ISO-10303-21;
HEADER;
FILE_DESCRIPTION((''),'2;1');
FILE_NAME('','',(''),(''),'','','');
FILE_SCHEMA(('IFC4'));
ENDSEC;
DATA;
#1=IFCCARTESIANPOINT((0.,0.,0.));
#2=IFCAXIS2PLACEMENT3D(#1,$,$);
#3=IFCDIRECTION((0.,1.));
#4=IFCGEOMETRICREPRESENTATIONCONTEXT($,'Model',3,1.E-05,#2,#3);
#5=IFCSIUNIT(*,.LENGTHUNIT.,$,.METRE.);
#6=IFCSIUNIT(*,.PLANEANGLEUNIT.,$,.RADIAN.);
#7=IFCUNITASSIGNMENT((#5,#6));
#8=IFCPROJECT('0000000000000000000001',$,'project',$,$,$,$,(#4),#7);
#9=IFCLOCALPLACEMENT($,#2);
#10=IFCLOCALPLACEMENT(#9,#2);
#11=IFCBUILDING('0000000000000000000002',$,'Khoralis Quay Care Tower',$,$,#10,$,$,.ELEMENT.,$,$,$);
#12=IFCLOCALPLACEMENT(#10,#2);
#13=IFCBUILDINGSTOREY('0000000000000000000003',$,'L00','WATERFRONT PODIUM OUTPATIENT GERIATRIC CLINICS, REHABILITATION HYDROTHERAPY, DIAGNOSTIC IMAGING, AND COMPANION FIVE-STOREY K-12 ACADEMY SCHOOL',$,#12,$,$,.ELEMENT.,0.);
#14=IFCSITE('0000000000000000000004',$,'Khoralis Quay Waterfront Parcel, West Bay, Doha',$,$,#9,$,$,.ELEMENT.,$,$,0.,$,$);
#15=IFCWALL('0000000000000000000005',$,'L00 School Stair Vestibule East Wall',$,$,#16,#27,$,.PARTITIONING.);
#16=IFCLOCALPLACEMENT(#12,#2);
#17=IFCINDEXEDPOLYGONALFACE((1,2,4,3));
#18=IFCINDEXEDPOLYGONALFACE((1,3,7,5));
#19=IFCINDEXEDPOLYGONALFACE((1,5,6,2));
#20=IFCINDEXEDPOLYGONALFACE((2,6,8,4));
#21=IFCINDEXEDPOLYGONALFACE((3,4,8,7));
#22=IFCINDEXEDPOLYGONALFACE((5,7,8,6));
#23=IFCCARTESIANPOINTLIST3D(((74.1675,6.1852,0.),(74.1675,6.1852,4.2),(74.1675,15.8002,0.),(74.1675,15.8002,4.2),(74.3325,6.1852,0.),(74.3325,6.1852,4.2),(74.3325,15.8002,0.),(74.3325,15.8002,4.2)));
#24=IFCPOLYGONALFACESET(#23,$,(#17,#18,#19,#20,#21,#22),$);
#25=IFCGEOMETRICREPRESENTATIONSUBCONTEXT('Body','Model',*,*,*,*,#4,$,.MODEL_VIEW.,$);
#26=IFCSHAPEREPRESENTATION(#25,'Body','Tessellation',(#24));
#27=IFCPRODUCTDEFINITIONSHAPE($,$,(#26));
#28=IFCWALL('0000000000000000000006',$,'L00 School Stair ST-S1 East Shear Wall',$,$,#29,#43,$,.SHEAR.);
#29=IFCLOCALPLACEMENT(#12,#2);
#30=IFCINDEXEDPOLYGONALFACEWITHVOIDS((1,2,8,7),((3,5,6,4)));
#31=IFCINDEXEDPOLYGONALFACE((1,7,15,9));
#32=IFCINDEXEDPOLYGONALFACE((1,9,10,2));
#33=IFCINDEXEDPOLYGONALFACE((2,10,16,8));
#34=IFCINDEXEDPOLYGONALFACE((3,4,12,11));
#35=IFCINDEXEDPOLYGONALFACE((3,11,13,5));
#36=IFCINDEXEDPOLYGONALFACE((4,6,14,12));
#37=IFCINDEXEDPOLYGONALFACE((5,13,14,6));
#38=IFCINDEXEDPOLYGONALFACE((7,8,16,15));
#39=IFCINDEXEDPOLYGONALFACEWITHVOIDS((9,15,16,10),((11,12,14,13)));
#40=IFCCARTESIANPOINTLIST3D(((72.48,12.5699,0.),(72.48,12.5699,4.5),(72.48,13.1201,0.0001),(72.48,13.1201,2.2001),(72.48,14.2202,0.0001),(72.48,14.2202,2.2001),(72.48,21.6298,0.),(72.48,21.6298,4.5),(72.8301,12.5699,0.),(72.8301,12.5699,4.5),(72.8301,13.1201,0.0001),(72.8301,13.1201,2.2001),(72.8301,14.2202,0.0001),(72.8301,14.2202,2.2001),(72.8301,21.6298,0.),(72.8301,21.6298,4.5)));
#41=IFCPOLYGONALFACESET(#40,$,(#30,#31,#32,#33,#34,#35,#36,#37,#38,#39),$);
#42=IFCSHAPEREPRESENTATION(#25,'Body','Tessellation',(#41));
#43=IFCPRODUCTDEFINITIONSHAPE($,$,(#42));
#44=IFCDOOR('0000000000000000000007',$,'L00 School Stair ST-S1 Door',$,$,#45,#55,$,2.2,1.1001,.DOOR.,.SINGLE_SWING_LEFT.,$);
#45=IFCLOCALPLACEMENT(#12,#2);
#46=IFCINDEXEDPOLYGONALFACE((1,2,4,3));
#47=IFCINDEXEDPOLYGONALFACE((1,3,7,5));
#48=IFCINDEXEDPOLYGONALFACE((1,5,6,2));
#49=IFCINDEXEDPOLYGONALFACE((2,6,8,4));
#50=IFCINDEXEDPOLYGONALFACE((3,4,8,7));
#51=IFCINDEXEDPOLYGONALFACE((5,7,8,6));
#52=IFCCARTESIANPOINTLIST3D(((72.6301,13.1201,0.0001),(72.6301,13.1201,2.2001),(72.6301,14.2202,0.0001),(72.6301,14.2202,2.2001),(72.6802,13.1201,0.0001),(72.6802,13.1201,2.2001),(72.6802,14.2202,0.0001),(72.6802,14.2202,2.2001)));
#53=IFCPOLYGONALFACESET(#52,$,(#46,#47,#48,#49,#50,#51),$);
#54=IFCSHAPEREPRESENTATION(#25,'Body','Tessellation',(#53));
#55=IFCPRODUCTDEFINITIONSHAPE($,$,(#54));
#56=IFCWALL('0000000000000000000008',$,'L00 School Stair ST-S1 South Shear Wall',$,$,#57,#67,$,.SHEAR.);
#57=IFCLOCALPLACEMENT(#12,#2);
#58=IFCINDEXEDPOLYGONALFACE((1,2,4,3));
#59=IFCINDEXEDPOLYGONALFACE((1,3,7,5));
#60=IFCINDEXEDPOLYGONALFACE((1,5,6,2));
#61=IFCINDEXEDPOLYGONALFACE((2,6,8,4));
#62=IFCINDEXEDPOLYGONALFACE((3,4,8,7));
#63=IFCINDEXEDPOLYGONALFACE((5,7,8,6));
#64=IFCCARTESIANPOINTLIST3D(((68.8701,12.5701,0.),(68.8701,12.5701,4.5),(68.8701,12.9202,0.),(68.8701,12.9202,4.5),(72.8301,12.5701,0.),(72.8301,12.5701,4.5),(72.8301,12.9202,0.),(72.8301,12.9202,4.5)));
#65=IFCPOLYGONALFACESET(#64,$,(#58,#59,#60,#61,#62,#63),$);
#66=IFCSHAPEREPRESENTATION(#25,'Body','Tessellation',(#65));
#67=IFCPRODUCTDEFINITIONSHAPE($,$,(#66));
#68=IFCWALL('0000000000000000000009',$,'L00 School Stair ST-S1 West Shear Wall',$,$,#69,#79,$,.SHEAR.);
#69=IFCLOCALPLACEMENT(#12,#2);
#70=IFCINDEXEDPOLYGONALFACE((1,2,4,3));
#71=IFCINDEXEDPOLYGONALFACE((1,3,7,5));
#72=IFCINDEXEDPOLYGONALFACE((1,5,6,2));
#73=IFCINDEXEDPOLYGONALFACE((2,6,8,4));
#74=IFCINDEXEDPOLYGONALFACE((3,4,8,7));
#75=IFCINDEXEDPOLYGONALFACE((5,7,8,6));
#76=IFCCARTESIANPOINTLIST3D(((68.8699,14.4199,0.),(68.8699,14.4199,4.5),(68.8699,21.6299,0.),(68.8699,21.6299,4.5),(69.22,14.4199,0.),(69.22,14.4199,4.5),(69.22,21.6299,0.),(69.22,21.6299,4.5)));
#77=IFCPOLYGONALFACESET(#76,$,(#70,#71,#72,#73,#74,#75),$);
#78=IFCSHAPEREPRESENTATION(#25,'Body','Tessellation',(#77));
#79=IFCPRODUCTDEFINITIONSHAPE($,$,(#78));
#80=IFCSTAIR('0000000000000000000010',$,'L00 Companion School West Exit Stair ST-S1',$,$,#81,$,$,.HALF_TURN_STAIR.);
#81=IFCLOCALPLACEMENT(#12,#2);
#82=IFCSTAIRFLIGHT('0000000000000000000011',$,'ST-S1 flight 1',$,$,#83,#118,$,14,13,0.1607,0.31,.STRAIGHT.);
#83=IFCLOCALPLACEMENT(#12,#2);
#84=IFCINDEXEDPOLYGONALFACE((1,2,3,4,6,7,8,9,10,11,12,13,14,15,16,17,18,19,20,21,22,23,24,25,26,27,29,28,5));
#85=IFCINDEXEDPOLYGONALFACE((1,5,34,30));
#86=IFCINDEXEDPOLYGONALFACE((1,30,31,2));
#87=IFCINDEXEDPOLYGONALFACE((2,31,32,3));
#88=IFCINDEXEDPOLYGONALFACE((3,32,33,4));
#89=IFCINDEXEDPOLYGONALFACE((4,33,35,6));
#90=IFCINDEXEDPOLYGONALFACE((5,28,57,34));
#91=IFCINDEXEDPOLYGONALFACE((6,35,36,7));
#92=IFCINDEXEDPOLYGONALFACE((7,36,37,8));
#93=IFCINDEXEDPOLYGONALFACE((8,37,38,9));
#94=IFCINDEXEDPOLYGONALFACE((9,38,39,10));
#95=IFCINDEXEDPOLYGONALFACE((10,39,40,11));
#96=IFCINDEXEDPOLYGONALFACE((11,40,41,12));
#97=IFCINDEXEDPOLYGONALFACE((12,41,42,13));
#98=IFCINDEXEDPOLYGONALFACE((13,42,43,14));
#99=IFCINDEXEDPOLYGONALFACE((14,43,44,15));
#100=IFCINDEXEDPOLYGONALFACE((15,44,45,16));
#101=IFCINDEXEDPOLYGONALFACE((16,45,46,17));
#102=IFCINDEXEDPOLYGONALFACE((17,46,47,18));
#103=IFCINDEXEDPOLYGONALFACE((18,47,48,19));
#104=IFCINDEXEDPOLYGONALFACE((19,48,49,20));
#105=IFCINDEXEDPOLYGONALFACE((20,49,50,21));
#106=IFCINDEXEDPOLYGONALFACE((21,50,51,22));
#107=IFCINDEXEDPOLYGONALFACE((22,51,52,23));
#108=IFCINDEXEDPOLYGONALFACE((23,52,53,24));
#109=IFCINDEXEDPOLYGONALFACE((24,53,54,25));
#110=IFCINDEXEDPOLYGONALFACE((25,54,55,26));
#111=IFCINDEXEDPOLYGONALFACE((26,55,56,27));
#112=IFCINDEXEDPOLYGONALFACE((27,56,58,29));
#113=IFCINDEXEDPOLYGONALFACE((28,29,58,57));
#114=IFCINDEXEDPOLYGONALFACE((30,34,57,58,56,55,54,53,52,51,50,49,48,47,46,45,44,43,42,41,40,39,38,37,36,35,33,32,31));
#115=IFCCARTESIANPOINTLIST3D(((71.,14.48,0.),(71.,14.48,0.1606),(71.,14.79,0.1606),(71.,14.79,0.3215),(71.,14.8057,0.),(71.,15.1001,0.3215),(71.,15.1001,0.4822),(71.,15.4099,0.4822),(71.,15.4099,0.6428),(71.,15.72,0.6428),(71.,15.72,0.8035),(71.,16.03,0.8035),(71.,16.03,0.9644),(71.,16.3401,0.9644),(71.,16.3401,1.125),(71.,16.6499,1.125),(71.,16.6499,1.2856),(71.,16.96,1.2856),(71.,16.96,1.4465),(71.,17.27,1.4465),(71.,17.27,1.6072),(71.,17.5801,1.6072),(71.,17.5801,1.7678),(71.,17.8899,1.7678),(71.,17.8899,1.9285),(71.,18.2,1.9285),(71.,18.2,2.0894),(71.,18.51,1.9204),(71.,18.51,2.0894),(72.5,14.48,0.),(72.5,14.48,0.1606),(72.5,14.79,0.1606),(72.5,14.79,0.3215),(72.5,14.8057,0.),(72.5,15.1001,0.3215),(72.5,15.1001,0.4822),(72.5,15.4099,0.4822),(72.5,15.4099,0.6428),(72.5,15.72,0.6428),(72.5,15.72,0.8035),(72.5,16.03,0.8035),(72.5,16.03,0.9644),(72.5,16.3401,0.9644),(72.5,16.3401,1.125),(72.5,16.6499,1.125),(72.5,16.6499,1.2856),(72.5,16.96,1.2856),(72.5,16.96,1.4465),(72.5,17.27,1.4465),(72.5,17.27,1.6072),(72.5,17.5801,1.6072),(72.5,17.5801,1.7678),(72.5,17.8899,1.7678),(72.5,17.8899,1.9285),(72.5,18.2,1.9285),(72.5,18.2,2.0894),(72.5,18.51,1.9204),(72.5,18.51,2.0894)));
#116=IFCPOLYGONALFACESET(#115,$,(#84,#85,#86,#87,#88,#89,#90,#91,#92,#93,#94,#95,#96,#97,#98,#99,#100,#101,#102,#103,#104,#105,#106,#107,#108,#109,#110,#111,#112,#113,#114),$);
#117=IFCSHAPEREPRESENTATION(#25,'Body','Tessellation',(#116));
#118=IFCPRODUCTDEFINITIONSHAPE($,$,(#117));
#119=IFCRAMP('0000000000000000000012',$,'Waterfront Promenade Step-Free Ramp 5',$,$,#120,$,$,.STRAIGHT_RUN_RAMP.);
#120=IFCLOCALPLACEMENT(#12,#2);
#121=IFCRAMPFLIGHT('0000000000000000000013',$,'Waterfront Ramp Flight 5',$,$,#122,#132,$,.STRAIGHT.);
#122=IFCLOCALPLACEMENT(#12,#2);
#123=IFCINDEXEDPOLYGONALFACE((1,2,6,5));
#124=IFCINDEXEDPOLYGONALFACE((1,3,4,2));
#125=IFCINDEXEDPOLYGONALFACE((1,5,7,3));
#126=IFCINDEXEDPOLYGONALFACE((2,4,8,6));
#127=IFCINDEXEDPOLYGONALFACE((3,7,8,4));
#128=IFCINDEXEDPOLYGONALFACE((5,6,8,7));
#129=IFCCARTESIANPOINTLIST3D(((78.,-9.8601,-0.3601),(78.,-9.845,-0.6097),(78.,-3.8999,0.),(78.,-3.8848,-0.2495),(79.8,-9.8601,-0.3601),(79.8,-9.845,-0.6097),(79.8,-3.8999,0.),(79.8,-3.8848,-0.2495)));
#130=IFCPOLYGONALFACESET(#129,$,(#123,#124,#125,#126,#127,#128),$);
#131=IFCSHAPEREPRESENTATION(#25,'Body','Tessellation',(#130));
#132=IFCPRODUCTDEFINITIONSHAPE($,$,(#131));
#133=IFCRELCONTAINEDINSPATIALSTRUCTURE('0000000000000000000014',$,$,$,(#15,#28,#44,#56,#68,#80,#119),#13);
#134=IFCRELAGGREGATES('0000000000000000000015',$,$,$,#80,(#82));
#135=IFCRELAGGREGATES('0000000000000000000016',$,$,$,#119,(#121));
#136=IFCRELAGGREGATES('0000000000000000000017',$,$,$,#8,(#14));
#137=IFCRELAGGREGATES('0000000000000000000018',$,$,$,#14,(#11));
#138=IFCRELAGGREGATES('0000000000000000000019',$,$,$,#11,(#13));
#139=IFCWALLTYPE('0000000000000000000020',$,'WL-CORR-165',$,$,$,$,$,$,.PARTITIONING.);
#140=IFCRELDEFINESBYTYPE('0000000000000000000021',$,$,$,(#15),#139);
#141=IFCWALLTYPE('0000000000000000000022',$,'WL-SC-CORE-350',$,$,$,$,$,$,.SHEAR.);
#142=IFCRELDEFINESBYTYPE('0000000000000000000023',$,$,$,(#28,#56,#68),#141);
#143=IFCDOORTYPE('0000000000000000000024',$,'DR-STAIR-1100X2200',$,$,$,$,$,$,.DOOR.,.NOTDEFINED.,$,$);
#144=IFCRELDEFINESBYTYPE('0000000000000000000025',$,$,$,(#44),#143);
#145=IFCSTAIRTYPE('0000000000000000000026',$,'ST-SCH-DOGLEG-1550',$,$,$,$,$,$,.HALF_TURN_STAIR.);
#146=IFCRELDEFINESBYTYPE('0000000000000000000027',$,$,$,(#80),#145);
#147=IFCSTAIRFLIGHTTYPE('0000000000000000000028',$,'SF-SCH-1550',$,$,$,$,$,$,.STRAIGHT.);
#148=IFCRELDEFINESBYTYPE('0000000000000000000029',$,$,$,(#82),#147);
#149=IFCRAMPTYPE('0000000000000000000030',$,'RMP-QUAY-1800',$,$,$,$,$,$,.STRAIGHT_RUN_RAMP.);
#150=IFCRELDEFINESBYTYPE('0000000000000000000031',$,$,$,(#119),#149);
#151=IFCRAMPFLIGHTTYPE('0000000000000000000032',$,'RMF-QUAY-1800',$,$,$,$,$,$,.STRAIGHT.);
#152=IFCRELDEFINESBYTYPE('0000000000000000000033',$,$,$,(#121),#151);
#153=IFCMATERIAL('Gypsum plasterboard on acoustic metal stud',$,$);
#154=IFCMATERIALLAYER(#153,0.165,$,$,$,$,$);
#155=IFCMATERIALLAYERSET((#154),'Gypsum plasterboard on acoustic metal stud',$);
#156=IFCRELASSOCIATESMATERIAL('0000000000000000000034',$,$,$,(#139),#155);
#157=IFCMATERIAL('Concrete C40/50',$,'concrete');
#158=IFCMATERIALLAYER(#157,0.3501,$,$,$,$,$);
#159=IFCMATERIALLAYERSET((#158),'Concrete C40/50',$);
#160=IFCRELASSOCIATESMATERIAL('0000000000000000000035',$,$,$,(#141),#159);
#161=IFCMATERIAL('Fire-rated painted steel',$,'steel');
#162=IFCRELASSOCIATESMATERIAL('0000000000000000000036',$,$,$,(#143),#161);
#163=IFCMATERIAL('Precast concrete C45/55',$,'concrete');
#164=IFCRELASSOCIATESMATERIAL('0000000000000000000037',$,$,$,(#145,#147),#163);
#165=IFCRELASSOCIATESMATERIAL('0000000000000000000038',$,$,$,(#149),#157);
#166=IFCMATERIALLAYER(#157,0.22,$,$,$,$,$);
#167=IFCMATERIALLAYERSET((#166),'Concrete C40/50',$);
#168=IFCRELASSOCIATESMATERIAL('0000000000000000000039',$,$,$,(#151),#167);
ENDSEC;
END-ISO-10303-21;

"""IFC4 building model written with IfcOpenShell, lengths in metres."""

from ifc_helpers import new_model, si_unit, direction, frame, frame_2d, origin, place, context, subcontext, project, spatial, polyline, rectangle, outline, extrude, source, transform, mapped, material, layer, layer_set, type_object, element, fill, aggregate, save


model = new_model("IFC4")

# Units and contexts
model_context = context("Model", 3, precision=1e-05, world=origin(), true_north=direction((0.0, 1.0)))
body_context = subcontext(model_context, "Body", "Model", "MODEL_VIEW")
ifc_project = project(units=[si_unit("LENGTHUNIT", "METRE"), si_unit("PLANEANGLEUNIT", "RADIAN")], contexts=[model_context])

# Site, building, storey
site_placement = place(None, origin())
site = spatial("IfcSite", under=ifc_project, at=site_placement, Name="Khoralis Quay Waterfront Parcel, West Bay, Doha", CompositionType="ELEMENT", RefElevation=0.0)
building_placement = place(site_placement, origin())
building = spatial("IfcBuilding", under=site, at=building_placement, Name="Khoralis Quay Care Tower", CompositionType="ELEMENT")
storey_placement = place(building_placement, origin())
storey = spatial("IfcBuildingStorey", under=building, at=storey_placement, Name="L00", Description="WATERFRONT PODIUM OUTPATIENT GERIATRIC CLINICS, REHABILITATION HYDROTHERAPY, DIAGNOSTIC IMAGING, AND COMPANION FIVE-STOREY K-12 ACADEMY SCHOOL", CompositionType="ELEMENT", Elevation=0.0)

# Shared definitions
ifc_material_1 = material(Name="Concrete C40/50", Category="concrete")

# Wall
ifc_material_2 = material(Name="Gypsum plasterboard on acoustic metal stud")
ifc_layer_1 = layer(ifc_material_2, 0.165)
ifc_layer_set_1 = layer_set([ifc_layer_1], Name="Gypsum plasterboard on acoustic metal stud")
wall_type_1 = type_object("IfcWallType", Name="WL-CORR-165", PredefinedType="PARTITIONING", material=ifc_layer_set_1)
wall_1_placement = place(storey_placement, frame((74.25, 6.1851, 0.0), z_axis=(0.0, 0.0, 1.0), x_axis=(0.0, 1.0, 0.0)))
element("IfcWall", 1, at=wall_1_placement, inside=storey, type_object=wall_type_1, Name="L00 School Stair Vestibule East Wall", PredefinedType="PARTITIONING", context=body_context, shape_type="SweptSolid", body=[
    extrude(rectangle(XDim=9.615, YDim=0.165, at=frame_2d((4.8076, 0.0))), origin(), (0.0, 0.0, 1.0), 4.2),
])

# Wall, opening, door
ifc_layer_2 = layer(ifc_material_1, 0.3501)
ifc_layer_set_2 = layer_set([ifc_layer_2], Name="Concrete C40/50")
wall_type_2 = type_object("IfcWallType", Name="WL-SC-CORE-350", PredefinedType="SHEAR", material=ifc_layer_set_2)
wall_2_placement = place(storey_placement, frame((72.655, 12.5701, 0.0), z_axis=(0.0, 0.0, 1.0), x_axis=(0.0, 1.0, 0.0)))
wall_2 = element("IfcWall", 2, at=wall_2_placement, inside=storey, type_object=wall_type_2, Name="L00 School Stair ST-S1 East Shear Wall", PredefinedType="SHEAR", context=body_context, shape_type="SweptSolid", body=[
    extrude(rectangle(XDim=9.0598, YDim=0.3501, at=frame_2d((4.5298, 0.0))), origin(), (0.0, 0.0, 1.0), 4.5),
])
opening_placement = place(wall_2_placement, frame((0.55, 0.0, 0.0)))
opening = element("IfcOpeningElement", 3, at=opening_placement, cuts=wall_2, PredefinedType="OPENING", context=body_context, shape_type="SweptSolid", body=[
    extrude(rectangle(XDim=1.1001, YDim=2.2, at=frame_2d((0.55, 1.1001))), frame((0.0, 0.1851, 0.0), z_axis=(0.0, -1.0, 0.0), x_axis=(1.0, 0.0, 0.0)), (0.0, 0.0, 1.0), 0.3701),
])
ifc_material_3 = material(Name="Fire-rated painted steel", Category="steel")
door_type = type_object("IfcDoorType", Name="DR-STAIR-1100X2200", OperationType="NOTDEFINED", PredefinedType="DOOR", material=ifc_material_3)
shared_shape_1 = source(origin(), body_context, "Body", "SweptSolid", [
    extrude(rectangle(XDim=1.1001, YDim=2.2, at=frame_2d((0.55, 1.1001))), frame((0.0, 0.0249, 0.0), z_axis=(0.0, -1.0, 0.0), x_axis=(1.0, 0.0, 0.0)), (0.0, 0.0, 1.0), 0.05),
])
door_placement = place(opening_placement, origin())
door = element("IfcDoor", 4, at=door_placement, inside=storey, type_object=door_type, Name="L00 School Stair ST-S1 Door", OperationType="SINGLE_SWING_LEFT", OverallHeight=2.2, OverallWidth=1.1001, PredefinedType="DOOR", context=body_context, shape_type="MappedRepresentation", body=[
    mapped(shared_shape_1, transform((0.0, 0.0, 0.0), scale=1.0)),
])
fill(opening, door)

# Walls
wall_3_placement = place(storey_placement, frame((68.8701, 12.7451, 0.0), z_axis=(0.0, 0.0, 1.0), x_axis=(1.0, 0.0, 0.0)))
element("IfcWall", 5, at=wall_3_placement, inside=storey, type_object=wall_type_2, Name="L00 School Stair ST-S1 South Shear Wall", PredefinedType="SHEAR", context=body_context, shape_type="SweptSolid", body=[
    extrude(rectangle(XDim=3.96, YDim=0.3501, at=frame_2d((1.98, 0.0))), origin(), (0.0, 0.0, 1.0), 4.5),
])
wall_4_placement = place(storey_placement, frame((69.0449, 14.4199, 0.0), z_axis=(0.0, 0.0, 1.0), x_axis=(0.0, 1.0, 0.0)))
element("IfcWall", 6, at=wall_4_placement, inside=storey, type_object=wall_type_2, Name="L00 School Stair ST-S1 West Shear Wall", PredefinedType="SHEAR", context=body_context, shape_type="SweptSolid", body=[
    extrude(rectangle(XDim=7.21, YDim=0.3501, at=frame_2d((3.605, 0.0))), origin(), (0.0, 0.0, 1.0), 4.5),
])

# Stair, stair flight
ifc_material_4 = material(Name="Precast concrete C45/55", Category="concrete")
stair_type = type_object("IfcStairType", Name="ST-SCH-DOGLEG-1550", PredefinedType="HALF_TURN_STAIR", material=ifc_material_4)
stair_placement = place(storey_placement, origin())
stair = element("IfcStair", 7, at=stair_placement, inside=storey, type_object=stair_type, Name="L00 Companion School West Exit Stair ST-S1", PredefinedType="HALF_TURN_STAIR")
stair_flight_type = type_object("IfcStairFlightType", Name="SF-SCH-1550", PredefinedType="STRAIGHT", material=ifc_material_4)
shared_shape_2 = source(origin(), body_context, "Body", "SweptSolid", [
    extrude(outline(polyline([(0.0, 0.0), (0.0, 0.1606), (0.3101, 0.1606), (0.3101, 0.3215), (0.6201, 0.3215), (0.6201, 0.4822), (0.9299, 0.4822), (0.9299, 0.6428), (1.24, 0.6428), (1.24, 0.8035), (1.55, 0.8035), (1.55, 0.9644), (1.8601, 0.9644), (1.8601, 1.125), (2.1699, 1.125), (2.1699, 1.2856), (2.48, 1.2856), (2.48, 1.4465), (2.79, 1.4465), (2.79, 1.6072), (3.1001, 1.6072), (3.1001, 1.7678), (3.4099, 1.7678), (3.4099, 1.9285), (3.72, 1.9285), (3.72, 2.0894), (4.03, 2.0894), (4.03, 2.25), (4.03, 1.9204), (0.3257, 0.0), (0.0, 0.0)])), frame((0.0, 0.75, 0.0), z_axis=(0.0, -1.0, 0.0), x_axis=(1.0, 0.0, 0.0)), (0.0, 0.0, 1.0), 1.5),
])
stair_flight_placement = place(storey_placement, frame((71.75, 14.48, 0.0), z_axis=(0.0, 0.0, 1.0), x_axis=(0.0, 1.0, 0.0)))
stair_flight = element("IfcStairFlight", 8, at=stair_flight_placement, type_object=stair_flight_type, Name="ST-S1 flight 1", NumberOfRisers=14, NumberOfTreads=13, PredefinedType="STRAIGHT", RiserHeight=0.1607, TreadLength=0.31, context=body_context, shape_type="MappedRepresentation", body=[
    mapped(shared_shape_2, transform((0.0, 0.0, 0.0), scale=1.0)),
])
aggregate(stair, [stair_flight])

# Ramp, ramp flight
ramp_type = type_object("IfcRampType", Name="RMP-QUAY-1800", PredefinedType="STRAIGHT_RUN_RAMP", material=ifc_material_1)
ramp_placement = place(storey_placement, origin())
ramp = element("IfcRamp", 9, at=ramp_placement, inside=storey, type_object=ramp_type, Name="Waterfront Promenade Step-Free Ramp 5", PredefinedType="STRAIGHT_RUN_RAMP")
ifc_layer_3 = layer(ifc_material_1, 0.22)
ifc_layer_set_3 = layer_set([ifc_layer_3], Name="Concrete C40/50")
ramp_flight_type = type_object("IfcRampFlightType", Name="RMF-QUAY-1800", PredefinedType="STRAIGHT", material=ifc_layer_set_3)
ramp_flight_placement = place(storey_placement, frame((78.0, -9.8601, -0.3601), z_axis=(0.0, -0.060309, 0.99818), x_axis=(1.0, 0.0, 0.0)))
ramp_flight = element("IfcRampFlight", 10, at=ramp_flight_placement, type_object=ramp_flight_type, Name="Waterfront Ramp Flight 5", PredefinedType="STRAIGHT", context=body_context, shape_type="SweptSolid", body=[
    extrude(outline(polyline([(0.0, 0.0), (1.8, 0.0), (1.8, 5.9711), (0.0, 5.9711), (0.0, 0.0)])), origin(), (0.0, 0.0, -1.0), 0.25),
])
aggregate(ramp, [ramp_flight])

save(model, "model.ifc")
